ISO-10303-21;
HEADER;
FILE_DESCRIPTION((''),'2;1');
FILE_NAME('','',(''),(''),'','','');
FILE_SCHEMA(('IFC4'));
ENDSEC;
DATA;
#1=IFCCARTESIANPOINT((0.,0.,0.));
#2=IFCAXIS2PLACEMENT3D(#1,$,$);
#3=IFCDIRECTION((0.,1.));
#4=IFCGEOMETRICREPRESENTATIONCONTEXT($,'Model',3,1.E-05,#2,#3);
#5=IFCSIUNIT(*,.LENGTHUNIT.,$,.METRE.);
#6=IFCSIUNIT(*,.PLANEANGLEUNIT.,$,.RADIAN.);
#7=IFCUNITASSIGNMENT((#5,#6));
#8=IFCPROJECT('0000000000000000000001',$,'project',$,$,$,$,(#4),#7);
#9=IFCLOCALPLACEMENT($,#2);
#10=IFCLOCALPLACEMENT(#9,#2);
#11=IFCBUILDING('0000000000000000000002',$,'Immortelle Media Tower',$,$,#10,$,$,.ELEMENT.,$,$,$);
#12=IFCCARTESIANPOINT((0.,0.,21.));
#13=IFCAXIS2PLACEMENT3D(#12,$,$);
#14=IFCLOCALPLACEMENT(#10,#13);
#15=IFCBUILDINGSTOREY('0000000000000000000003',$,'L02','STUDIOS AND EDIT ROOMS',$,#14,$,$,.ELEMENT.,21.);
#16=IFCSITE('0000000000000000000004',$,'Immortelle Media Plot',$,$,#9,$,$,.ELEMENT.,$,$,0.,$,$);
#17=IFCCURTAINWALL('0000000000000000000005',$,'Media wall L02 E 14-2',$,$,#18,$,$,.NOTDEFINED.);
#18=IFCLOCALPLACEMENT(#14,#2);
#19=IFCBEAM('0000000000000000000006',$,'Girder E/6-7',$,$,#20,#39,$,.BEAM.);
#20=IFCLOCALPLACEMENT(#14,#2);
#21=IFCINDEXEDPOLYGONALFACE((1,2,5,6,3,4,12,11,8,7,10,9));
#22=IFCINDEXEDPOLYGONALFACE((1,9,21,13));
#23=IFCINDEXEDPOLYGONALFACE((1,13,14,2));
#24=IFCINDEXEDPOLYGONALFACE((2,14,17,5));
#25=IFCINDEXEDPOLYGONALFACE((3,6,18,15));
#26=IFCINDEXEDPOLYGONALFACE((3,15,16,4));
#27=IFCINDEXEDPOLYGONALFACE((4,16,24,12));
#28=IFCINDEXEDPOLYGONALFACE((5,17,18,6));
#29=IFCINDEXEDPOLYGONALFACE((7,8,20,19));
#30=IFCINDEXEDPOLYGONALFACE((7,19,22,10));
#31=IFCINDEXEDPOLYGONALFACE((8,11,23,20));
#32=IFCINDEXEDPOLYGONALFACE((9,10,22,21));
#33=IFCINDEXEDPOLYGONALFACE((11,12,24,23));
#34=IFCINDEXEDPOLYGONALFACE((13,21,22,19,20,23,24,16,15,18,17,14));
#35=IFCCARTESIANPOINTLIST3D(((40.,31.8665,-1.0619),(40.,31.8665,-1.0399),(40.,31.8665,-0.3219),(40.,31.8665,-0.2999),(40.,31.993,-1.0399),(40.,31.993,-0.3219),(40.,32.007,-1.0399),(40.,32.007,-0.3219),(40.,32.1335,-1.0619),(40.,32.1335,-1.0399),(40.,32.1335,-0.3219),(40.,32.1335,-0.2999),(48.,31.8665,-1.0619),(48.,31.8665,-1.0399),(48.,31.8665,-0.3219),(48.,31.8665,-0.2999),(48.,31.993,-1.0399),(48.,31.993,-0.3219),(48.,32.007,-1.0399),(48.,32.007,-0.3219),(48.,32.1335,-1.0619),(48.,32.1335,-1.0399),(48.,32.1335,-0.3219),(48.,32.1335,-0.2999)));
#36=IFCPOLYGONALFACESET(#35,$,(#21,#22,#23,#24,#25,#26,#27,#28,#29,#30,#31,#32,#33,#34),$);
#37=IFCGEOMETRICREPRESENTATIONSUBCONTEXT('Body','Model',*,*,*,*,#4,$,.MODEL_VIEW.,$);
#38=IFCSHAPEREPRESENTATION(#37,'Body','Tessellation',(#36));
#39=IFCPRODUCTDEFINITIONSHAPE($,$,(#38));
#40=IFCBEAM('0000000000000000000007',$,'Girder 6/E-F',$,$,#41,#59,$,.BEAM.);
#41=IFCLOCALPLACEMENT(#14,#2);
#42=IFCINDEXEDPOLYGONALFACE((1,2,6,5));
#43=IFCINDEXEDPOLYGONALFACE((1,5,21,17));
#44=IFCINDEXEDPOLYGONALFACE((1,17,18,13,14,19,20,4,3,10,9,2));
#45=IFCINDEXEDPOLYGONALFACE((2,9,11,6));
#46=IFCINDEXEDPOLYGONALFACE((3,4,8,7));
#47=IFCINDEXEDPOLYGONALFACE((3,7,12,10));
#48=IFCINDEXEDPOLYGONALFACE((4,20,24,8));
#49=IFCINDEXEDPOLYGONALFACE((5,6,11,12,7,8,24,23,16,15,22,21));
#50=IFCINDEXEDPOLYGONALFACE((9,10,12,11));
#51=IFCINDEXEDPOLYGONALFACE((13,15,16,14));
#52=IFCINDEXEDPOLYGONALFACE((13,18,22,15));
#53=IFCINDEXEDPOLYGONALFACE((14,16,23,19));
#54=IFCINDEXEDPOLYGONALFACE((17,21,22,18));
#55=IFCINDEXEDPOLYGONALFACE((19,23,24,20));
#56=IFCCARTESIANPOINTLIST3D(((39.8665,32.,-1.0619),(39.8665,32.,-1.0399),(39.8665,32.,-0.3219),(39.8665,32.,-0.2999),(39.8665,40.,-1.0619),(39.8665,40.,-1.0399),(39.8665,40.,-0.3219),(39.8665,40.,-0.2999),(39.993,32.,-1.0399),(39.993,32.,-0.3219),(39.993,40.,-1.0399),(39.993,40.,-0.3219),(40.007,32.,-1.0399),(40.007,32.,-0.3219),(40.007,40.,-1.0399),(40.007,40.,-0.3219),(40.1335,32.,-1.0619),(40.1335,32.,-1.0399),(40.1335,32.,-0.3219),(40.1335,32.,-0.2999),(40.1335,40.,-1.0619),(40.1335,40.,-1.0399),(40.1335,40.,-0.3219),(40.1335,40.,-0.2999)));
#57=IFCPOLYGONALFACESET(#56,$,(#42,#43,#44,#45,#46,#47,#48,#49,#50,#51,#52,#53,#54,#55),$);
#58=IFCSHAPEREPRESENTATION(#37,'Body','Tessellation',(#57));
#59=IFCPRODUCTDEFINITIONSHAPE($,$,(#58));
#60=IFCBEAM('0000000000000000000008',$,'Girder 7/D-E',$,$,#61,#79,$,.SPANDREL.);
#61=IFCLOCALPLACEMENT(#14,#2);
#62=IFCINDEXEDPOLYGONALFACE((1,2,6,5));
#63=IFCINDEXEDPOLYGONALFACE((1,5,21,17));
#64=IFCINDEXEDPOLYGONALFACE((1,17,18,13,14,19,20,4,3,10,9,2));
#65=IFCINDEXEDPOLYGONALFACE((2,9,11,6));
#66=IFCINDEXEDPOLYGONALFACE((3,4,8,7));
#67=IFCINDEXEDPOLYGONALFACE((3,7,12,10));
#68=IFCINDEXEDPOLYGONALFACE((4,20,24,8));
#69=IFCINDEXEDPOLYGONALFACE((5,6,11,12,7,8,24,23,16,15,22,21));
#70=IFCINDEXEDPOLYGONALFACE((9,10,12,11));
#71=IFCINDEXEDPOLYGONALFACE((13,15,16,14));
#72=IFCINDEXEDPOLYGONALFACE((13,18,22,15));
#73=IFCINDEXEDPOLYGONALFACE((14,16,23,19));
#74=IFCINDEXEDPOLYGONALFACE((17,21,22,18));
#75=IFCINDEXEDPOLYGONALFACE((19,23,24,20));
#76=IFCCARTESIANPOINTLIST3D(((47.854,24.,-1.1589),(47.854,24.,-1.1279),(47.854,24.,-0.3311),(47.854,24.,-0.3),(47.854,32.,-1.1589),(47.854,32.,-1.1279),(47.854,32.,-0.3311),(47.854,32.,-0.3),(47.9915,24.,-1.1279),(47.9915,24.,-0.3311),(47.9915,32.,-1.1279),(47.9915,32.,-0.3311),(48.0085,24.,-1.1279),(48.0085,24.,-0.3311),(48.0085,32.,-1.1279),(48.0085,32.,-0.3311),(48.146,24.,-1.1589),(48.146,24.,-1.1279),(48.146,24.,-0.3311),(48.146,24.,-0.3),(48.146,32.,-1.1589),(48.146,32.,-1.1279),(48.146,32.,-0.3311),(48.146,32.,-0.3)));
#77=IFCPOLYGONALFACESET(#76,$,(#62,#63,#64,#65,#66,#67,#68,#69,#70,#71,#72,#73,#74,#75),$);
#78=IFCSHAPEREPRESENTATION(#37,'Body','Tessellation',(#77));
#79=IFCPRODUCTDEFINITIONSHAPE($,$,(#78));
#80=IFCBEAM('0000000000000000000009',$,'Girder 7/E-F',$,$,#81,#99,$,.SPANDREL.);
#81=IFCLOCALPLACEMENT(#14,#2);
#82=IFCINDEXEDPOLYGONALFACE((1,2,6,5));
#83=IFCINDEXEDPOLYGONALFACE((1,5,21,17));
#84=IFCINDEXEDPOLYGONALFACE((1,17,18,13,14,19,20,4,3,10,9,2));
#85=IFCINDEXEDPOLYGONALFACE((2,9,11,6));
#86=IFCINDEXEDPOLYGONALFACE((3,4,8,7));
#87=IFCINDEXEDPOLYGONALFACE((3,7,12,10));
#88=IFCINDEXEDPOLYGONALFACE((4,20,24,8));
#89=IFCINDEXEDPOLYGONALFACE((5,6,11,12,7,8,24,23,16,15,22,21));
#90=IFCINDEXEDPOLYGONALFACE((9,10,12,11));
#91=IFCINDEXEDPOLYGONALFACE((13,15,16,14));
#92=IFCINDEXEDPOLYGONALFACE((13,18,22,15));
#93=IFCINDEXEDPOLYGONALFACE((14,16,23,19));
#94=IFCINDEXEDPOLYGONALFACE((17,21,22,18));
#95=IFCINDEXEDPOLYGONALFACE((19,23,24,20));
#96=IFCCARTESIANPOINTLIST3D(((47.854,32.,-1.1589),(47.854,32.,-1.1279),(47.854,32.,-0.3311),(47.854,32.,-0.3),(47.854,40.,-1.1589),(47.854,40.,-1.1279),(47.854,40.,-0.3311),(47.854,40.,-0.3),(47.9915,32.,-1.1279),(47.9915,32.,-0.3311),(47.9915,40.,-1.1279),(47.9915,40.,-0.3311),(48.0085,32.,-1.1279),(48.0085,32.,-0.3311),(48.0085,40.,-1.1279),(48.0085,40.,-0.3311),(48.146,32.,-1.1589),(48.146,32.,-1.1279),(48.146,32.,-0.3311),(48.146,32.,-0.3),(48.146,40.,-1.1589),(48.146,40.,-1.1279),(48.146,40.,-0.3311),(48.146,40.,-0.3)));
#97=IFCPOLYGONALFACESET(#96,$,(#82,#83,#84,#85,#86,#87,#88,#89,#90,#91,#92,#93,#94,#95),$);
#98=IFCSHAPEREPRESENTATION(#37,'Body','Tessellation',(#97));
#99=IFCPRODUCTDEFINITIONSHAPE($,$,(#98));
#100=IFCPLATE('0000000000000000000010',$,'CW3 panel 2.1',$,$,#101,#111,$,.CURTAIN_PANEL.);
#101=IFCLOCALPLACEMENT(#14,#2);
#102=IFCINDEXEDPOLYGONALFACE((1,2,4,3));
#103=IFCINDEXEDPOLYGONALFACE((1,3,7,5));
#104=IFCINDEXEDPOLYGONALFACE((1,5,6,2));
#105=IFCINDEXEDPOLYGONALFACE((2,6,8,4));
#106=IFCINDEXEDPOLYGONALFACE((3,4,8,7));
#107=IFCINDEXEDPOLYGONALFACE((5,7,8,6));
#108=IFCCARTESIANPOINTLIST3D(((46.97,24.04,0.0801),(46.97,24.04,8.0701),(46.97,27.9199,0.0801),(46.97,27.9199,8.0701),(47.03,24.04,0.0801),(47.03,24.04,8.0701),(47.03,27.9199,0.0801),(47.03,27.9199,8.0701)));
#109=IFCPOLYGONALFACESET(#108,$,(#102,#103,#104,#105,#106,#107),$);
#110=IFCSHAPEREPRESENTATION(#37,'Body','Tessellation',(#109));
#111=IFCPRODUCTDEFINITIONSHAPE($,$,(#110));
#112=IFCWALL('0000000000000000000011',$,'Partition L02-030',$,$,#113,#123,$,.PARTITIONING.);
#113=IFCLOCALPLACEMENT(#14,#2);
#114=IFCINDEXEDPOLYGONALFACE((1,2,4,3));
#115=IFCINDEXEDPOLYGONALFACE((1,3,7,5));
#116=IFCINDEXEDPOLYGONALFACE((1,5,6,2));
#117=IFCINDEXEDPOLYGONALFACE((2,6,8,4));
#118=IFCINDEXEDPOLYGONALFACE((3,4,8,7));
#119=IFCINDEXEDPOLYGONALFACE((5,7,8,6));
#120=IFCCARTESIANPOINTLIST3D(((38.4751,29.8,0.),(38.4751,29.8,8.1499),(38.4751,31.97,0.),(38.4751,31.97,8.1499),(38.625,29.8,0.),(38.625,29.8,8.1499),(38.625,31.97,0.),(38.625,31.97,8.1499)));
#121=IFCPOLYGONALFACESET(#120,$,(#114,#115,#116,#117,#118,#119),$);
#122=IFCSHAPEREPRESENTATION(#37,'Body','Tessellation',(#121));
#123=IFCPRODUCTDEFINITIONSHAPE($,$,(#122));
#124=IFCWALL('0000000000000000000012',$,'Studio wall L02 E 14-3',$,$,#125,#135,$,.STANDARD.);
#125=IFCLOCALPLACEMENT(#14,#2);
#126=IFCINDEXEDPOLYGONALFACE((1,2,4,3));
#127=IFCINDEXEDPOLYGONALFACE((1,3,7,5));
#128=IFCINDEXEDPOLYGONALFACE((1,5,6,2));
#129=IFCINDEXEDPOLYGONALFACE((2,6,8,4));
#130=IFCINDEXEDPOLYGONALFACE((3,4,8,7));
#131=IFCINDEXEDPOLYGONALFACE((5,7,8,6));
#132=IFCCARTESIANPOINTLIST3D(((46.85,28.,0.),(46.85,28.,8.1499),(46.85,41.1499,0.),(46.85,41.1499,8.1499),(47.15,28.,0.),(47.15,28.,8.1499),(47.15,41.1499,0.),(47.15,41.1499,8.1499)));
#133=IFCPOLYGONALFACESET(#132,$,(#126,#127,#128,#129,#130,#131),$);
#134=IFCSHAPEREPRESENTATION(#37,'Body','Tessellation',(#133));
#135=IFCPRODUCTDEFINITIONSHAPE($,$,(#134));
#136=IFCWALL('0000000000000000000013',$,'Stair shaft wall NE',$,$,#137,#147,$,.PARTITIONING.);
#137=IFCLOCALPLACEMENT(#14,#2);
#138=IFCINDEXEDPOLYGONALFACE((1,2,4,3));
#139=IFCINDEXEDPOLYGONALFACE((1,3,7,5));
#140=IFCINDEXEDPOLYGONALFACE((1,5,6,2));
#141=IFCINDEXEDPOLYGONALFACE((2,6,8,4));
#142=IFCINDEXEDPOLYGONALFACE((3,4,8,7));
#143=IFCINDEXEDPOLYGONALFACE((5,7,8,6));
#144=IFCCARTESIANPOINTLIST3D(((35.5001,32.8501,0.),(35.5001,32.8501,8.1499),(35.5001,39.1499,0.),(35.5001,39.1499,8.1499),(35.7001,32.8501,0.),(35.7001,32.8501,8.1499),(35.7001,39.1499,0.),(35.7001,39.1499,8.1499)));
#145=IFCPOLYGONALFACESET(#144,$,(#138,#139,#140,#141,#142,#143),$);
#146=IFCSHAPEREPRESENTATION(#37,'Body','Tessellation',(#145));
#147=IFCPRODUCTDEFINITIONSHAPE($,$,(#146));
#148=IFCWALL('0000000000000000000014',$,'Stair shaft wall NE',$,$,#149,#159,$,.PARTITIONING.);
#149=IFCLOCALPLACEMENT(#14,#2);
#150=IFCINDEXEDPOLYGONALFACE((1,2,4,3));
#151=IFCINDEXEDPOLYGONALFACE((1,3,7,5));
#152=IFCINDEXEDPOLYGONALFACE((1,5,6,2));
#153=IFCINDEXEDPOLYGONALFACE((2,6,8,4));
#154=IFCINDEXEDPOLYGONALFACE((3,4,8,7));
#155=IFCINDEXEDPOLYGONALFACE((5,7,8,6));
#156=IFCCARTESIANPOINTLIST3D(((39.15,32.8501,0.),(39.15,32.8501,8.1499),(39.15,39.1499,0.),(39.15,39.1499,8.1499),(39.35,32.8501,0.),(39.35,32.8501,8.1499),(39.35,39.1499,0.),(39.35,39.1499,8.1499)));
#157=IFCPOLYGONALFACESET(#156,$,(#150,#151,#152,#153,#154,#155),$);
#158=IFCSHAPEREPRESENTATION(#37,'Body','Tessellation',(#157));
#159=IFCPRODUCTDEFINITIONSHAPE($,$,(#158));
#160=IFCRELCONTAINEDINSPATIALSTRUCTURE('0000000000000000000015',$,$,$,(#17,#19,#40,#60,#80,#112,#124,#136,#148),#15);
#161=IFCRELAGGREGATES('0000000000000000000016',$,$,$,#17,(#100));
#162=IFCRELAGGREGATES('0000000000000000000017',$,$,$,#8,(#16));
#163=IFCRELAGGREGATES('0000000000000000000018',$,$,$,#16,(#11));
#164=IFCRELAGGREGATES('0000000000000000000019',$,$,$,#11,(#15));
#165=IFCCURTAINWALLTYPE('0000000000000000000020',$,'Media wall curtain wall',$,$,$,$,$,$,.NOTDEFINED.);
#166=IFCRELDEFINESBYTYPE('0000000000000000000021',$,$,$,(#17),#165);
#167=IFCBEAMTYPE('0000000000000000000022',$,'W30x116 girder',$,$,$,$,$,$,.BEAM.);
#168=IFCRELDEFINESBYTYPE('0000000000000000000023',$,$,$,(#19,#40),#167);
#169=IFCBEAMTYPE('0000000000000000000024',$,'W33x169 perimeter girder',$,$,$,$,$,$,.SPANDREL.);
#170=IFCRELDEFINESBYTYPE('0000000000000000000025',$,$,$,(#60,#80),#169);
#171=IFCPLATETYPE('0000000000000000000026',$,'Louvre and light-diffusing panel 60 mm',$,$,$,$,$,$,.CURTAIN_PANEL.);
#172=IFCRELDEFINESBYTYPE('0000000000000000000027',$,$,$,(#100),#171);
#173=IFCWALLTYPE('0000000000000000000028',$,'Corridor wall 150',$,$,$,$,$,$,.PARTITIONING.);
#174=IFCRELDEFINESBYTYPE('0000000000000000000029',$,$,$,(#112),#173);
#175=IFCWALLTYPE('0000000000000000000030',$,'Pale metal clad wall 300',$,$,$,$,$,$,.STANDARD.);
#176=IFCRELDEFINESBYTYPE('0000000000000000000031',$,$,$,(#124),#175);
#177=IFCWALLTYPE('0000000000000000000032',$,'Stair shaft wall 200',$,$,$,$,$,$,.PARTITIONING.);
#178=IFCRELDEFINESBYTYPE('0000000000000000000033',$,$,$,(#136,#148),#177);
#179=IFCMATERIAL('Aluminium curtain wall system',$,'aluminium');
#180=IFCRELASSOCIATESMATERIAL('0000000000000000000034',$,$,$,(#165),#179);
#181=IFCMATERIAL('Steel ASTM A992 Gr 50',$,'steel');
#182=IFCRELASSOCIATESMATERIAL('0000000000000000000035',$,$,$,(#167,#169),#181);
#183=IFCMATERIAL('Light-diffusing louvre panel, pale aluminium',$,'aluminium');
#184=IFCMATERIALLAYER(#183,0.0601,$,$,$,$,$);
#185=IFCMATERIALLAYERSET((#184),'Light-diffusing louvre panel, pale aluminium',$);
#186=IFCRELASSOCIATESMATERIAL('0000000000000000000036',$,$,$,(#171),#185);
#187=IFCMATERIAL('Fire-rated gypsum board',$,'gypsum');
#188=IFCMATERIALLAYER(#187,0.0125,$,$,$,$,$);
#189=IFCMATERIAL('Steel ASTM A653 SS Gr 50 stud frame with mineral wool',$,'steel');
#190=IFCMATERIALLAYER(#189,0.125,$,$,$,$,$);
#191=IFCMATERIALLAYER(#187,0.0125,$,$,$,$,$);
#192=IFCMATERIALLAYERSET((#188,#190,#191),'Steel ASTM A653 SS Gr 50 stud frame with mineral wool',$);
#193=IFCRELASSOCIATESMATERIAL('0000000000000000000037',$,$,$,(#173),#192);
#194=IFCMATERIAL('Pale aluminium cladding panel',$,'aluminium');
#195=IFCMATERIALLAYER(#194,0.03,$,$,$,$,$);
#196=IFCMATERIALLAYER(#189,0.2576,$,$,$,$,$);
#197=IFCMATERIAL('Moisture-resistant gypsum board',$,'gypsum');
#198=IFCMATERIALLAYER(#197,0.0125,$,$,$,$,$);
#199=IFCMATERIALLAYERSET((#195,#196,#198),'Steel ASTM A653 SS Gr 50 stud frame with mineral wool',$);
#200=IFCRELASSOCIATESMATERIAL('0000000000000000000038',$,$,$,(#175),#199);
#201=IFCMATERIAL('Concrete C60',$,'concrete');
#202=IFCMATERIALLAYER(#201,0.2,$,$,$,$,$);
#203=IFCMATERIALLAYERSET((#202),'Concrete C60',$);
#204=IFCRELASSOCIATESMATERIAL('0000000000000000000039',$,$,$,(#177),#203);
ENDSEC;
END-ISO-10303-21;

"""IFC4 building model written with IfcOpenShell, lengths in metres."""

from ifc_helpers import new_model, si_unit, direction, frame, frame_2d, origin, origin_2d, place, context, subcontext, project, spatial, rectangle, i_section, extrude, material, layer, layer_set, material_profile, profile_set, type_object, element, aggregate, save


model = new_model("IFC4")

# Units and contexts
model_context = context("Model", 3, precision=1e-05, world=origin(), true_north=direction((0.0, 1.0)))
body_context = subcontext(model_context, "Body", "Model", "MODEL_VIEW")
ifc_project = project(units=[si_unit("LENGTHUNIT", "METRE"), si_unit("PLANEANGLEUNIT", "RADIAN")], contexts=[model_context])

# Site, building, storey
site_placement = place(None, origin())
site = spatial("IfcSite", under=ifc_project, at=site_placement, Name="Immortelle Media Plot", CompositionType="ELEMENT", RefElevation=0.0)
building_placement = place(site_placement, origin())
building = spatial("IfcBuilding", under=site, at=building_placement, Name="Immortelle Media Tower", CompositionType="ELEMENT")
storey_placement = place(building_placement, frame((0.0, 0.0, 21.0)))
storey = spatial("IfcBuildingStorey", under=building, at=storey_placement, Name="L02", Description="STUDIOS AND EDIT ROOMS", CompositionType="ELEMENT", Elevation=21.0)

# Shared definitions
ifc_material_1 = material(Name="Steel ASTM A992 Gr 50", Category="steel")

# Curtain wall
ifc_material_2 = material(Name="Aluminium curtain wall system", Category="aluminium")
curtain_wall_type = type_object("IfcCurtainWallType", Name="Media wall curtain wall", PredefinedType="NOTDEFINED", material=ifc_material_2)
curtain_wall_placement = place(storey_placement, origin())
curtain_wall = element("IfcCurtainWall", 1, at=curtain_wall_placement, inside=storey, type_object=curtain_wall_type, Name="Media wall L02 E 14-2", PredefinedType="NOTDEFINED")

# Beams
ifc_material_profile_1 = material_profile(ifc_material_1, i_section(OverallWidth=0.2671, OverallDepth=0.762, WebThickness=0.0139, FlangeThickness=0.022, at=origin_2d()), Name="W30x116")
ifc_profile_set_1 = profile_set([ifc_material_profile_1], Name="Steel ASTM A992 Gr 50")
beam_type_1 = type_object("IfcBeamType", Name="W30x116 girder", PredefinedType="BEAM", material=ifc_profile_set_1)
for number, where, z_axis, x_axis, name in (
    (2, (40.0, 32.0, -0.6809), (1.0, 0.0, 0.0), (0.0, 1.0, 0.0), "Girder E/6-7"),
    (3, (40.0, 32.0, -0.6809), (0.0, 1.0, 0.0), (-1.0, 0.0, 0.0), "Girder 6/E-F"),
):
    element("IfcBeam", number, at=place(storey_placement, frame(where, z_axis=z_axis, x_axis=x_axis)), inside=storey, type_object=beam_type_1, Name=name, PredefinedType="BEAM", context=body_context, shape_type="SweptSolid", body=[
        extrude(i_section(OverallWidth=0.2671, OverallDepth=0.762, WebThickness=0.0139, FlangeThickness=0.022, at=origin_2d()), origin(), (0.0, 0.0, 1.0), 8.0),
    ])
ifc_material_profile_2 = material_profile(ifc_material_1, i_section(OverallWidth=0.292, OverallDepth=0.8589, WebThickness=0.0171, FlangeThickness=0.031, at=origin_2d()), Name="W33x169")
ifc_profile_set_2 = profile_set([ifc_material_profile_2], Name="Steel ASTM A992 Gr 50")
beam_type_2 = type_object("IfcBeamType", Name="W33x169 perimeter girder", PredefinedType="SPANDREL", material=ifc_profile_set_2)
for number, where, z_axis, x_axis, name in (
    (4, (48.0, 24.0, -0.7295), (0.0, 1.0, 0.0), (-1.0, 0.0, 0.0), "Girder 7/D-E"),
    (5, (48.0, 32.0, -0.7295), (0.0, 1.0, 0.0), (-1.0, 0.0, 0.0), "Girder 7/E-F"),
):
    element("IfcBeam", number, at=place(storey_placement, frame(where, z_axis=z_axis, x_axis=x_axis)), inside=storey, type_object=beam_type_2, Name=name, PredefinedType="SPANDREL", context=body_context, shape_type="SweptSolid", body=[
        extrude(i_section(OverallWidth=0.292, OverallDepth=0.8589, WebThickness=0.0171, FlangeThickness=0.031, at=origin_2d()), origin(), (0.0, 0.0, 1.0), 8.0),
    ])

# Plate
ifc_material_3 = material(Name="Light-diffusing louvre panel, pale aluminium", Category="aluminium")
ifc_layer_1 = layer(ifc_material_3, 0.0601)
ifc_layer_set_1 = layer_set([ifc_layer_1], Name="Light-diffusing louvre panel, pale aluminium")
plate_type = type_object("IfcPlateType", Name="Louvre and light-diffusing panel 60 mm", PredefinedType="CURTAIN_PANEL", material=ifc_layer_set_1)
plate_placement = place(storey_placement, frame((47.0, 25.98, 0.0801), z_axis=(0.0, 0.0, 1.0), x_axis=(0.0, 1.0, 0.0)))
plate = element("IfcPlate", 6, at=plate_placement, type_object=plate_type, Name="CW3 panel 2.1", PredefinedType="CURTAIN_PANEL", context=body_context, shape_type="SweptSolid", body=[
    extrude(rectangle(XDim=3.8799, YDim=0.0601, at=origin_2d()), origin(), (0.0, 0.0, 1.0), 7.99),
])
aggregate(curtain_wall, [plate])

# Walls
ifc_material_4 = material(Name="Fire-rated gypsum board", Category="gypsum")
ifc_layer_2 = layer(ifc_material_4, 0.0125)
ifc_material_5 = material(Name="Steel ASTM A653 SS Gr 50 stud frame with mineral wool", Category="steel")
ifc_layer_3 = layer(ifc_material_5, 0.125)
ifc_layer_4 = layer(ifc_material_4, 0.0125)
ifc_layer_set_2 = layer_set([ifc_layer_2, ifc_layer_3, ifc_layer_4], Name="Steel ASTM A653 SS Gr 50 stud frame with mineral wool")
wall_type_1 = type_object("IfcWallType", Name="Corridor wall 150", PredefinedType="PARTITIONING", material=ifc_layer_set_2)
wall_1_placement = place(storey_placement, frame((38.55, 29.8, 0.0), z_axis=(0.0, 0.0, 1.0), x_axis=(0.0, 1.0, 0.0)))
element("IfcWall", 7, at=wall_1_placement, inside=storey, type_object=wall_type_1, Name="Partition L02-030", PredefinedType="PARTITIONING", context=body_context, shape_type="SweptSolid", body=[
    extrude(rectangle(XDim=2.1699, YDim=0.1499, at=frame_2d((1.085, 0.0))), origin(), (0.0, 0.0, 1.0), 8.1499),
])
ifc_material_6 = material(Name="Pale aluminium cladding panel", Category="aluminium")
ifc_layer_5 = layer(ifc_material_6, 0.03)
ifc_layer_6 = layer(ifc_material_5, 0.2576)
ifc_material_7 = material(Name="Moisture-resistant gypsum board", Category="gypsum")
ifc_layer_7 = layer(ifc_material_7, 0.0125)
ifc_layer_set_3 = layer_set([ifc_layer_5, ifc_layer_6, ifc_layer_7], Name="Steel ASTM A653 SS Gr 50 stud frame with mineral wool")
wall_type_2 = type_object("IfcWallType", Name="Pale metal clad wall 300", PredefinedType="STANDARD", material=ifc_layer_set_3)
wall_2_placement = place(storey_placement, frame((47.0, 28.0, 0.0), z_axis=(0.0, 0.0, 1.0), x_axis=(0.0, 1.0, 0.0)))
element("IfcWall", 8, at=wall_2_placement, inside=storey, type_object=wall_type_2, Name="Studio wall L02 E 14-3", PredefinedType="STANDARD", context=body_context, shape_type="SweptSolid", body=[
    extrude(rectangle(XDim=13.1499, YDim=0.3, at=frame_2d((6.575, 0.0))), origin(), (0.0, 0.0, 1.0), 8.1499),
])
ifc_material_8 = material(Name="Concrete C60", Category="concrete")
ifc_layer_8 = layer(ifc_material_8, 0.2)
ifc_layer_set_4 = layer_set([ifc_layer_8], Name="Concrete C60")
wall_type_3 = type_object("IfcWallType", Name="Stair shaft wall 200", PredefinedType="PARTITIONING", material=ifc_layer_set_4)
for number, where, z_axis, x_axis, name in (
    (9, (35.6001, 32.8501, 0.0), (0.0, 0.0, 1.0), (0.0, 1.0, 0.0), "Stair shaft wall NE"),
    (10, (39.25, 32.8501, 0.0), (0.0, 0.0, 1.0), (0.0, 1.0, 0.0), "Stair shaft wall NE"),
):
    element("IfcWall", number, at=place(storey_placement, frame(where, z_axis=z_axis, x_axis=x_axis)), inside=storey, type_object=wall_type_3, Name=name, PredefinedType="PARTITIONING", context=body_context, shape_type="SweptSolid", body=[
        extrude(rectangle(XDim=6.2998, YDim=0.2, at=frame_2d((3.1499, 0.0))), origin(), (0.0, 0.0, 1.0), 8.1499),
    ])

save(model, "model.ifc")
